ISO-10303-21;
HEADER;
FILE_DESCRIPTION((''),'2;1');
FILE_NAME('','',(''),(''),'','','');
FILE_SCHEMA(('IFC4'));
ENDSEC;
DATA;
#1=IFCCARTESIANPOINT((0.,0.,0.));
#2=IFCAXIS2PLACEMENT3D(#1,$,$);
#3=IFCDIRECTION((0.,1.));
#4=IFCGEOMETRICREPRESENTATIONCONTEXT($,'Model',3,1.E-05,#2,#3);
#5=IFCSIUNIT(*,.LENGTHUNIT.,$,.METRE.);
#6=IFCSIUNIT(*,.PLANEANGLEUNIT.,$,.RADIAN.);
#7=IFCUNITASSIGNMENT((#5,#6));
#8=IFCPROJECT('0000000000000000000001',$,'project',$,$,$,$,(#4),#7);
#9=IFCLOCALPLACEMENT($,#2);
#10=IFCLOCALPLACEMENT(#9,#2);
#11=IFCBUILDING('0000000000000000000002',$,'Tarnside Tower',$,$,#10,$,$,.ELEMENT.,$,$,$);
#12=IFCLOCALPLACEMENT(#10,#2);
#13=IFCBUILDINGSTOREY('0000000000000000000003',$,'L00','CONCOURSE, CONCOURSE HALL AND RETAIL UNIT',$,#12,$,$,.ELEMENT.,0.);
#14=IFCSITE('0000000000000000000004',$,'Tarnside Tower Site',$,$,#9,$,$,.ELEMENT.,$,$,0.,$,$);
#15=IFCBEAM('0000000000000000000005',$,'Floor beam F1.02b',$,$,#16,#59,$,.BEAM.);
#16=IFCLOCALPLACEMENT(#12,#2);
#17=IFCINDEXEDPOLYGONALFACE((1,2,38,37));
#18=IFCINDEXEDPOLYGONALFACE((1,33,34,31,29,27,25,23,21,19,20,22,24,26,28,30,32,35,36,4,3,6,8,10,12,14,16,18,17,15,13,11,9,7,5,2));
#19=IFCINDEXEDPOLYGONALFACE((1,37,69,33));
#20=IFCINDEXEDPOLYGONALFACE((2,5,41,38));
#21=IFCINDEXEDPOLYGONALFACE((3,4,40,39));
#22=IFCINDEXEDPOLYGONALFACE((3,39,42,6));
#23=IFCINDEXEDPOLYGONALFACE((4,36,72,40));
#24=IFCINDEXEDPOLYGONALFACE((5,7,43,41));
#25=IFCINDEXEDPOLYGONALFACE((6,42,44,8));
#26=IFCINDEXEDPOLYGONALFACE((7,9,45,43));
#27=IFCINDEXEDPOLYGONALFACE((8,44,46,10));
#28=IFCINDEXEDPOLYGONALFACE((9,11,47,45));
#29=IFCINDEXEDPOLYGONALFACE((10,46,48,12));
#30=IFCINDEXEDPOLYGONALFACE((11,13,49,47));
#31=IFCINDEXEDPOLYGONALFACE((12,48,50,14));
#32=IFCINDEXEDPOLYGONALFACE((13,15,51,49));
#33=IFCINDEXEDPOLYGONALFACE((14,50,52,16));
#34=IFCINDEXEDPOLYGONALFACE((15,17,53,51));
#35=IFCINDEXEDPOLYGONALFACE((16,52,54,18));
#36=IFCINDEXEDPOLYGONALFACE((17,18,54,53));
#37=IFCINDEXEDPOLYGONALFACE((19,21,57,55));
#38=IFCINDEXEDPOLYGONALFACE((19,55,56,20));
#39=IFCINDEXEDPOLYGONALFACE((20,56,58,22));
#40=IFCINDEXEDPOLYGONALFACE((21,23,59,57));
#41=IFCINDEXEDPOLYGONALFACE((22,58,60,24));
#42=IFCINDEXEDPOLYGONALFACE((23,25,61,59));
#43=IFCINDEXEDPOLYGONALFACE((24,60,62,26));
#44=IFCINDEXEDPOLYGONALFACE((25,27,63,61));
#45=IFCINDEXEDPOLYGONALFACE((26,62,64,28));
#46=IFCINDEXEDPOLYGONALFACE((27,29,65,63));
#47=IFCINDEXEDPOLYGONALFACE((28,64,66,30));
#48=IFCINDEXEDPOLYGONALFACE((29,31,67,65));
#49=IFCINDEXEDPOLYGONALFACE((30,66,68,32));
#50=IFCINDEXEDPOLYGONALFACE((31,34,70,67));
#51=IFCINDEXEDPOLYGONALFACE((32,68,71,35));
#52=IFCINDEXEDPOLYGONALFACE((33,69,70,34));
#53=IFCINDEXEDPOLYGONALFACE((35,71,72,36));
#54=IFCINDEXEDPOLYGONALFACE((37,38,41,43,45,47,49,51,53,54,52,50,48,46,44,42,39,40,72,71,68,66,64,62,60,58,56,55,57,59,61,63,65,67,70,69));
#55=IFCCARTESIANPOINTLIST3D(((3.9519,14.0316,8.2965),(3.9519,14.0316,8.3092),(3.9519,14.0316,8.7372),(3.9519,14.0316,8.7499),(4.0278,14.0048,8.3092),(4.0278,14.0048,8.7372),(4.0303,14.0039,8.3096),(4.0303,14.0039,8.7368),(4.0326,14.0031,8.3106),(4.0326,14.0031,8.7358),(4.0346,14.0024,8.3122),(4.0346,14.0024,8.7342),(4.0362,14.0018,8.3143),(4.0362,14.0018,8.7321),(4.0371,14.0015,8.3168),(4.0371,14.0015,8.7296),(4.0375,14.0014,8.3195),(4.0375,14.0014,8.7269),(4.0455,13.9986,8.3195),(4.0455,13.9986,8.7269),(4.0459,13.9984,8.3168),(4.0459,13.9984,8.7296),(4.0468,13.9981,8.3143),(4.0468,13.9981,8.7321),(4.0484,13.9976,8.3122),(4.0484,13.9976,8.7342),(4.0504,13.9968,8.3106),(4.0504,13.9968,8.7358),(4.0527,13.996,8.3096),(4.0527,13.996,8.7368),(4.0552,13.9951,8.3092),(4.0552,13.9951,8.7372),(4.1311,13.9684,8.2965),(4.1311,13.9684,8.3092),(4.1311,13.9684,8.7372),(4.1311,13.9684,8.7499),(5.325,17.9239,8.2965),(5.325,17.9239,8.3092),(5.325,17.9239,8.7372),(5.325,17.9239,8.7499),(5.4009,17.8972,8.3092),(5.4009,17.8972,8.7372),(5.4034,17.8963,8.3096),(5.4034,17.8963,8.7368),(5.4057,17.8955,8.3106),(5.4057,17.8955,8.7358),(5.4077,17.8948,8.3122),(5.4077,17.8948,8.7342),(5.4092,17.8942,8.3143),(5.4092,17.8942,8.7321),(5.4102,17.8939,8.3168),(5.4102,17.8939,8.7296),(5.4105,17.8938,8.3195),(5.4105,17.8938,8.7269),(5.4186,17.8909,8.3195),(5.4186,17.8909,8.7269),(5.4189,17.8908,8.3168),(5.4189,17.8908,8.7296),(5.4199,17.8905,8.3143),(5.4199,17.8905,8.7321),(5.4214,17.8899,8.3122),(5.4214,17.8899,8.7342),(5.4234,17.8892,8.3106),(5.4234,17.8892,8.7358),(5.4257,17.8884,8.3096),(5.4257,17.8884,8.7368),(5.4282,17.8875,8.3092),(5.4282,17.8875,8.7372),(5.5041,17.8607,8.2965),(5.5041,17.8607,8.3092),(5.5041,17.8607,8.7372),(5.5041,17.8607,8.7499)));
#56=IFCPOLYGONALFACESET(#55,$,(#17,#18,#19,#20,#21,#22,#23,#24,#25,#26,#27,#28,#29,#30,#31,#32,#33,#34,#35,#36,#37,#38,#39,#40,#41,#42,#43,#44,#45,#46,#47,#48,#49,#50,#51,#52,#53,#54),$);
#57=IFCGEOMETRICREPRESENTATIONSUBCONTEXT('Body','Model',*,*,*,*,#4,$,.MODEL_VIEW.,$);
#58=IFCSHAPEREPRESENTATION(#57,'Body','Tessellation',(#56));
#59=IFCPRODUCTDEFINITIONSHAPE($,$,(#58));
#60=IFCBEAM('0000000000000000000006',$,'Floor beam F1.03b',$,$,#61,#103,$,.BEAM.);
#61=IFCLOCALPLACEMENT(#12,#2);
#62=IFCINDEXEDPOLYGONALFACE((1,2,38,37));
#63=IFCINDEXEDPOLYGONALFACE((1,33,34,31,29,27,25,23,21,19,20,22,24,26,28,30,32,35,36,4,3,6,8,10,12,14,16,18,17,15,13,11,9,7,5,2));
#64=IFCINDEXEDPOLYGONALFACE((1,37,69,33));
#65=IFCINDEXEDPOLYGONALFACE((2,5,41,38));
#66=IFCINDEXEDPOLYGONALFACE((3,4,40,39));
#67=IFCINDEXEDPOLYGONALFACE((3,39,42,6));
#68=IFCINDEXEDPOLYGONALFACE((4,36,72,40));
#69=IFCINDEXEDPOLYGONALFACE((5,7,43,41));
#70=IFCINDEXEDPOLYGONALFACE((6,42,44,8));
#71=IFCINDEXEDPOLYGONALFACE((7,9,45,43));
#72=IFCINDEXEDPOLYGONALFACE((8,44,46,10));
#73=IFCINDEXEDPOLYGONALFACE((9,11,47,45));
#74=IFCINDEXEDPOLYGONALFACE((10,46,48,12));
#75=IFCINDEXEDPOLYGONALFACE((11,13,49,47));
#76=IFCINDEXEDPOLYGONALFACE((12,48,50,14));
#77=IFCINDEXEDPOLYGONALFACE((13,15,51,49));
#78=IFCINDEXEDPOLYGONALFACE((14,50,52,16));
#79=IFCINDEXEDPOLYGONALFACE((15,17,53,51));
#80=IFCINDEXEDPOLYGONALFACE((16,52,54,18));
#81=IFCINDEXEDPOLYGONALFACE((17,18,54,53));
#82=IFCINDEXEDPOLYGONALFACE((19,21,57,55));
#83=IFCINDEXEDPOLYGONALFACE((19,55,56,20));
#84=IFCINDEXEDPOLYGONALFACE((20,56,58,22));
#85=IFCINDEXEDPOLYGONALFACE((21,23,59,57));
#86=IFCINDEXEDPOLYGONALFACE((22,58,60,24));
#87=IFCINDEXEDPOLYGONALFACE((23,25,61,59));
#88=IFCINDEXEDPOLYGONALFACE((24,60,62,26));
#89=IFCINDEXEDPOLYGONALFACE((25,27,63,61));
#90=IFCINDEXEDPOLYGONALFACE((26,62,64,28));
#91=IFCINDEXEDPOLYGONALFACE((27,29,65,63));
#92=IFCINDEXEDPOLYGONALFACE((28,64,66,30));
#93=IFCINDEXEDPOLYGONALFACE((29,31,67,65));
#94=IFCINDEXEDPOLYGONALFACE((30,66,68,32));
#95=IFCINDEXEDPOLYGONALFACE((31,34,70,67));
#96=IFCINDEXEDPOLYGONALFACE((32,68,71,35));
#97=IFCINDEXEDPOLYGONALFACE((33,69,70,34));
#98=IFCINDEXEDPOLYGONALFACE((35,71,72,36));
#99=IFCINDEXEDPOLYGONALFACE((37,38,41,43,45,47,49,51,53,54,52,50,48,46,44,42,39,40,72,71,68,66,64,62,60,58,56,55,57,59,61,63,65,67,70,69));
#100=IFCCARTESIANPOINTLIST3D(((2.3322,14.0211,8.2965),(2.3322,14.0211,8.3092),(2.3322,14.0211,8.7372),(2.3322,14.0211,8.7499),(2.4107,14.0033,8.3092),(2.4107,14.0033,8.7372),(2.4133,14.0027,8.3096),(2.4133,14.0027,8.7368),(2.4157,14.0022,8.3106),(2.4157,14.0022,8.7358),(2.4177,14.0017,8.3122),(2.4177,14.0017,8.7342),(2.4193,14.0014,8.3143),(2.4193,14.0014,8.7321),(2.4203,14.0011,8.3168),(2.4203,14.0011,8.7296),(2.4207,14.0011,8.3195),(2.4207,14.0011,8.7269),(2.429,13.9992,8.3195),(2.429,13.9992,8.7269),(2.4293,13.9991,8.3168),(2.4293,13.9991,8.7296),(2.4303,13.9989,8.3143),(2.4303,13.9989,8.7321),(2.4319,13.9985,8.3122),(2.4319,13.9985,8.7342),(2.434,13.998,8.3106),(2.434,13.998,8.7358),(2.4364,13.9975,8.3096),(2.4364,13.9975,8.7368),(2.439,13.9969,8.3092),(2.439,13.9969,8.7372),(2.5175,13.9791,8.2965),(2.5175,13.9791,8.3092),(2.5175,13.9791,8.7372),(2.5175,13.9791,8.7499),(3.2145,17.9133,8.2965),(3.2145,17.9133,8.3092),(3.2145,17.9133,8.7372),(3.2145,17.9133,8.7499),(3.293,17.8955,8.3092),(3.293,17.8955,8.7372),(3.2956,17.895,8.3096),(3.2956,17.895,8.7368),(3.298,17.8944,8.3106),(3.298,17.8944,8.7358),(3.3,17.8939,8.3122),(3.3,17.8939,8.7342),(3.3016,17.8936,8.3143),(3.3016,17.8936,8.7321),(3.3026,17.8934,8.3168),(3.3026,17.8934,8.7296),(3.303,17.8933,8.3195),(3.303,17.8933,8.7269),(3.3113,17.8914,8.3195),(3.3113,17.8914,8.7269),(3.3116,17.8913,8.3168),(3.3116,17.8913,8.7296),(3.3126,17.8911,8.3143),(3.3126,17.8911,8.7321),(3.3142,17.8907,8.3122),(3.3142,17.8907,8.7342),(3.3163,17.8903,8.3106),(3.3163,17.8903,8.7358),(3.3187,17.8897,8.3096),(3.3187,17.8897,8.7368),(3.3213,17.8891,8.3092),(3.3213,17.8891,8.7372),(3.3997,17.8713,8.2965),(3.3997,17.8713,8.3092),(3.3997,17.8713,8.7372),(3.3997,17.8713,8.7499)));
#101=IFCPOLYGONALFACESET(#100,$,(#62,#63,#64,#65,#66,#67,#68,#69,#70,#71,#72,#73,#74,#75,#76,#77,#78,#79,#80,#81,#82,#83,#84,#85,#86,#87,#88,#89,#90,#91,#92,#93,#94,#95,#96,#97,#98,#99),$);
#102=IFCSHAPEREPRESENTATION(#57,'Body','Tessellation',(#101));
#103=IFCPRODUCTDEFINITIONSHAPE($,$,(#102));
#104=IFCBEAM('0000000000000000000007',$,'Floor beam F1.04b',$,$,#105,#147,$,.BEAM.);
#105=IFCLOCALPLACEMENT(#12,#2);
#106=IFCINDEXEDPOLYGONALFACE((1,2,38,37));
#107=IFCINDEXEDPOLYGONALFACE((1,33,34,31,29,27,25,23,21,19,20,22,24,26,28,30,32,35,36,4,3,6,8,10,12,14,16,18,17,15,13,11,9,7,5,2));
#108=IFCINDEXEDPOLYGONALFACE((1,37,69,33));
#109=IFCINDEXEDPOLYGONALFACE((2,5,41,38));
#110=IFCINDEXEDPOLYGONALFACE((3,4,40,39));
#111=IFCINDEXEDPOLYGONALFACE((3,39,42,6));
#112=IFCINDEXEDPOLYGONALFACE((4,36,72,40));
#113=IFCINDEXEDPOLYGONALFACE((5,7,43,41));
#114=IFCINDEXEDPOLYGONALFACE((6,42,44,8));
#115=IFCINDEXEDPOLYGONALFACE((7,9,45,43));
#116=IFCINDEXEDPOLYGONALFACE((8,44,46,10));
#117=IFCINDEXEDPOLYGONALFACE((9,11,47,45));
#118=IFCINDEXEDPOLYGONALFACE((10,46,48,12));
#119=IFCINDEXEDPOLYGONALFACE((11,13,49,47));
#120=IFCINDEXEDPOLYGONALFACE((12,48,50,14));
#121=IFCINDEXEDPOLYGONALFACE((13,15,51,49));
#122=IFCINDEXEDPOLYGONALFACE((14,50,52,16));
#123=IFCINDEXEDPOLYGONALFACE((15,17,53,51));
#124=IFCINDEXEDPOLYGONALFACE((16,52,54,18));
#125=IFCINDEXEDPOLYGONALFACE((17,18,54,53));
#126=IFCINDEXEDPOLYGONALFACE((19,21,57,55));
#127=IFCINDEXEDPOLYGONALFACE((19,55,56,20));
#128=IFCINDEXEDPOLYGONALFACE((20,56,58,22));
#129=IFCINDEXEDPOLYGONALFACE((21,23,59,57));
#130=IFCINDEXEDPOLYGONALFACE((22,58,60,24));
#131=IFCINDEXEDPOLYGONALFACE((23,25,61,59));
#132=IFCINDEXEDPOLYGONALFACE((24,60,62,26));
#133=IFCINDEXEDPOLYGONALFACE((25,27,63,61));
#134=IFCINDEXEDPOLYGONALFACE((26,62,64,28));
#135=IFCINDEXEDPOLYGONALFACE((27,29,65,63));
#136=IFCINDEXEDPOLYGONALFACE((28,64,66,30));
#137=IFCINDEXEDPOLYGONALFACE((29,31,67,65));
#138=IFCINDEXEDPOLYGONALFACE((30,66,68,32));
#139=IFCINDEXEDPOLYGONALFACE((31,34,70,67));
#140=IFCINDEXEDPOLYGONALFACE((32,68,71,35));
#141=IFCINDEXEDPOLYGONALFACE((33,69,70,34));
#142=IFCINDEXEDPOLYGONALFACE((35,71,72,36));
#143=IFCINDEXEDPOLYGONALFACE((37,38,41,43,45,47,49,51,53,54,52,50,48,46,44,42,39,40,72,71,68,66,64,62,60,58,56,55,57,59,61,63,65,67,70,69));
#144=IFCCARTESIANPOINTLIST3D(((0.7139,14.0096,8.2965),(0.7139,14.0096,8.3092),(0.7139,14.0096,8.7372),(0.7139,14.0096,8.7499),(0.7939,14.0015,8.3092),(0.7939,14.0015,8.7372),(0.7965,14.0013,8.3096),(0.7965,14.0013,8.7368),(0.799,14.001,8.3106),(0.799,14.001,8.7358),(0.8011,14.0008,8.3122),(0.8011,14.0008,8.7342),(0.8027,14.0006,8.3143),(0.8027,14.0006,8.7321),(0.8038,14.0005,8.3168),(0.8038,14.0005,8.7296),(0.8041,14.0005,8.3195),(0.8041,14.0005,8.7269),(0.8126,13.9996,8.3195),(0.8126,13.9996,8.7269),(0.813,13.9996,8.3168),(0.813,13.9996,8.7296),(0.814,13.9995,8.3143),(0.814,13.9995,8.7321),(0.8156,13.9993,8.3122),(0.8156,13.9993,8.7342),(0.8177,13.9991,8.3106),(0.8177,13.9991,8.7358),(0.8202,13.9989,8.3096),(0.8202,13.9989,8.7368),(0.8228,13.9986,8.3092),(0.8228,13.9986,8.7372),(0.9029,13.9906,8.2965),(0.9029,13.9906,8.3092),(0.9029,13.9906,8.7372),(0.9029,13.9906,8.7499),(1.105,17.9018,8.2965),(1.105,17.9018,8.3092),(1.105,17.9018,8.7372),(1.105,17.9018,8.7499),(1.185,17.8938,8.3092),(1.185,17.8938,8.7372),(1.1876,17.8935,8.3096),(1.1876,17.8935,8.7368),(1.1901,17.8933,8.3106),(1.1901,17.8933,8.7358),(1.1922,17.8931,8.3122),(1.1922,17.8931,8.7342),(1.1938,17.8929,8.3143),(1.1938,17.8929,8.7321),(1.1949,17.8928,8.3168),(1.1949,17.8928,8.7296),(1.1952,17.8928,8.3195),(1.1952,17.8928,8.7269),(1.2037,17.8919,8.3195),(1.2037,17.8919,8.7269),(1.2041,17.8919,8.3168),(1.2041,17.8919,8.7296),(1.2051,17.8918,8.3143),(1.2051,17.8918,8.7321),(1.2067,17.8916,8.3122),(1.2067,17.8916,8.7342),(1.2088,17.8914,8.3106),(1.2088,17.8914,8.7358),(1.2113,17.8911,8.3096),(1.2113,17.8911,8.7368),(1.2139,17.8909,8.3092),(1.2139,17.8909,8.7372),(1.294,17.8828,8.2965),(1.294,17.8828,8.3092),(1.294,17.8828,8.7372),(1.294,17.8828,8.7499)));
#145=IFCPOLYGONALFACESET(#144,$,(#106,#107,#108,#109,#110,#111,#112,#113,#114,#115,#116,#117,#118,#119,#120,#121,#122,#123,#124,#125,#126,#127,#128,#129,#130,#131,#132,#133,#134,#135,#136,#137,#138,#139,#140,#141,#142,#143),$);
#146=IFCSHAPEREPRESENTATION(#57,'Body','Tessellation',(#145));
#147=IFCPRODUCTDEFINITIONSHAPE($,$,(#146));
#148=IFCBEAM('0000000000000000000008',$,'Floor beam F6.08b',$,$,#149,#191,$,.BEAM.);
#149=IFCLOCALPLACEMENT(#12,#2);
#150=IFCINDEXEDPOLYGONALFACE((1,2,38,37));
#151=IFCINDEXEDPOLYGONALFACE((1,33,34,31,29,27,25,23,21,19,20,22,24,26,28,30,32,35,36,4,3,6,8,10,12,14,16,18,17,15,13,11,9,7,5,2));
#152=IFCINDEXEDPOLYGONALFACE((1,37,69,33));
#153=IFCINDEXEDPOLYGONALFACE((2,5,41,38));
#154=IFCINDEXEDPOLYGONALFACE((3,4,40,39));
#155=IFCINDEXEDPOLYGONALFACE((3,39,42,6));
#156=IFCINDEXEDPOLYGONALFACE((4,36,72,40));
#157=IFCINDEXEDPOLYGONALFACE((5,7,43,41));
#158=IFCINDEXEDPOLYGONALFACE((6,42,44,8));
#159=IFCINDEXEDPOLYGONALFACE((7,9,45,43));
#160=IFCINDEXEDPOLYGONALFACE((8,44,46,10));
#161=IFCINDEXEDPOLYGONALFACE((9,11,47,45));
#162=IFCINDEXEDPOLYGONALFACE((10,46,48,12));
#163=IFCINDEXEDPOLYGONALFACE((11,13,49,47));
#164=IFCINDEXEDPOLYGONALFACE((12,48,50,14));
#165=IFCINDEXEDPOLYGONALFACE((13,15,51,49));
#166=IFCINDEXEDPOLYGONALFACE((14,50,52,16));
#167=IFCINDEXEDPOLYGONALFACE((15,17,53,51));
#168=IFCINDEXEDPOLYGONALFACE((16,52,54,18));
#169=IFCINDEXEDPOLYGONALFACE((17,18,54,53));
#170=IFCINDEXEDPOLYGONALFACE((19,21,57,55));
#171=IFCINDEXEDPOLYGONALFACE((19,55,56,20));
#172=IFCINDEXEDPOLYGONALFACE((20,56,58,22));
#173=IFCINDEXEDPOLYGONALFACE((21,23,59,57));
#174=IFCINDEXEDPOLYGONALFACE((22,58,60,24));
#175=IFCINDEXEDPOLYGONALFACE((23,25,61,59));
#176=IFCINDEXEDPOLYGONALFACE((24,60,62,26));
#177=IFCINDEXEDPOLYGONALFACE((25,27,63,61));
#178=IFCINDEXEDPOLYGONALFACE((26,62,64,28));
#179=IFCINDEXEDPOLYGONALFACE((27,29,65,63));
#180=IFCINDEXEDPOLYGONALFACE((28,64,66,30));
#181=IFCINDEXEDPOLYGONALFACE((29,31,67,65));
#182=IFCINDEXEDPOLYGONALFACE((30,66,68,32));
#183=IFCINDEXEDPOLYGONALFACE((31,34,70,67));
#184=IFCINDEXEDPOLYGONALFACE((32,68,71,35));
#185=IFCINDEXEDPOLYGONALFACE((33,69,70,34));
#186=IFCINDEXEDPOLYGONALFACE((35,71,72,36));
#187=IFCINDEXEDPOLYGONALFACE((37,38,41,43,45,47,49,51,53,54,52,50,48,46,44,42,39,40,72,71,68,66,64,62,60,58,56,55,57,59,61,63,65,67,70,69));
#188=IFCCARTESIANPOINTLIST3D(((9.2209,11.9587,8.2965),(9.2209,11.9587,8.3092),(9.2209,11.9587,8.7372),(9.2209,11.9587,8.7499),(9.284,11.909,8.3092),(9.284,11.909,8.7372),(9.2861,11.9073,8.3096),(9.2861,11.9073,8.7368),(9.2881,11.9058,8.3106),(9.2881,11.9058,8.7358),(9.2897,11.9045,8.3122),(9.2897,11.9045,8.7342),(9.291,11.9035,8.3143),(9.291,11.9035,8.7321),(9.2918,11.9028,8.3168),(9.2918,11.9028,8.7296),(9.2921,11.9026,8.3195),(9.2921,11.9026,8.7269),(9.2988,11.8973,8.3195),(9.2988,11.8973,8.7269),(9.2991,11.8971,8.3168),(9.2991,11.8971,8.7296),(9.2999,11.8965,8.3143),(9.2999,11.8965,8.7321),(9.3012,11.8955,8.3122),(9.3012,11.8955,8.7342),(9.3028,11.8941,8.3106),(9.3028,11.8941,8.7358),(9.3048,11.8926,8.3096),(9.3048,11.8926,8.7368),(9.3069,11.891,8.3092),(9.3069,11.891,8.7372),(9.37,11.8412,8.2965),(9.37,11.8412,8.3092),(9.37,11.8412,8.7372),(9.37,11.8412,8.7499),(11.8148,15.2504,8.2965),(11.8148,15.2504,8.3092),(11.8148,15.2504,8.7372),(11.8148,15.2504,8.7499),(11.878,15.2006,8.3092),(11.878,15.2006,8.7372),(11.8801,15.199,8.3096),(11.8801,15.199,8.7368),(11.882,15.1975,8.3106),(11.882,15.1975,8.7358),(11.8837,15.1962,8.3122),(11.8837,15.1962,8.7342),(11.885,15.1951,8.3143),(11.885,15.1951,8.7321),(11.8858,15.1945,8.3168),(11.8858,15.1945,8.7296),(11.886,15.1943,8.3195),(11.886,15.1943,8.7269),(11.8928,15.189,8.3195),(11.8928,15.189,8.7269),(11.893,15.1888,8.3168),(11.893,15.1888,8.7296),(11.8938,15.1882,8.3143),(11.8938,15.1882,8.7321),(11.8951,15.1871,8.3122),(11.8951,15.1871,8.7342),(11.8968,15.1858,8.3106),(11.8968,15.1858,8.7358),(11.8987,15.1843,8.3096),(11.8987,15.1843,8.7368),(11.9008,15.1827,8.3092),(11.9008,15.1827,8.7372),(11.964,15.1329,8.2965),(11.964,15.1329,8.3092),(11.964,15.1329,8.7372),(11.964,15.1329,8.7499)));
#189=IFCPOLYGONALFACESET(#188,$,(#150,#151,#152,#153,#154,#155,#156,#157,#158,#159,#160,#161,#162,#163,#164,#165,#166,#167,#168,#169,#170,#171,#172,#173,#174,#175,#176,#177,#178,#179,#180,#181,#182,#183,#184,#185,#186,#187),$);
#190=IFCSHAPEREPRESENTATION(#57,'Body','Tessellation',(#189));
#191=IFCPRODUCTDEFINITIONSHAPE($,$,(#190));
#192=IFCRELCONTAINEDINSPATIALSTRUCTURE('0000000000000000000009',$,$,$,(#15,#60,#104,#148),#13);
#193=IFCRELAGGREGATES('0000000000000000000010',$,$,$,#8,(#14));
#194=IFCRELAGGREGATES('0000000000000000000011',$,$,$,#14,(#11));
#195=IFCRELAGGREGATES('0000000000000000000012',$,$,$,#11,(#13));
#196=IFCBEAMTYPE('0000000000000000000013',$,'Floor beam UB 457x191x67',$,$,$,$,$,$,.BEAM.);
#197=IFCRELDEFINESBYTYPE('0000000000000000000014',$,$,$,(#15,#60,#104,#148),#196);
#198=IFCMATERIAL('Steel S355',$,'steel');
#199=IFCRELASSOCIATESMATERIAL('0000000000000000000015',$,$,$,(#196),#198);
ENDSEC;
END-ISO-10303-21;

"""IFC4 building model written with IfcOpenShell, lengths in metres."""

from ifc_helpers import new_model, si_unit, direction, frame, origin, origin_2d, place, context, subcontext, project, spatial, i_section, extrude, material, material_profile, profile_set, type_object, element, save


model = new_model("IFC4")

# Units and contexts
model_context = context("Model", 3, precision=1e-05, world=origin(), true_north=direction((0.0, 1.0)))
body_context = subcontext(model_context, "Body", "Model", "MODEL_VIEW")
ifc_project = project(units=[si_unit("LENGTHUNIT", "METRE"), si_unit("PLANEANGLEUNIT", "RADIAN")], contexts=[model_context])

# Site, building, storey
site_placement = place(None, origin())
site = spatial("IfcSite", under=ifc_project, at=site_placement, Name="Tarnside Tower Site", CompositionType="ELEMENT", RefElevation=0.0)
building_placement = place(site_placement, origin())
building = spatial("IfcBuilding", under=site, at=building_placement, Name="Tarnside Tower", CompositionType="ELEMENT")
storey_placement = place(building_placement, origin())
storey = spatial("IfcBuildingStorey", under=building, at=storey_placement, Name="L00", Description="CONCOURSE, CONCOURSE HALL AND RETAIL UNIT", CompositionType="ELEMENT", Elevation=0.0)

# Beams
ifc_material_1 = material(Name="Steel S355", Category="steel")
ifc_material_profile_1 = material_profile(ifc_material_1, i_section(OverallWidth=0.1899, OverallDepth=0.4534, WebThickness=0.0085, FlangeThickness=0.0127, FilletRadius=0.0103, at=origin_2d()), Name="UB 457x191x67")
ifc_profile_set_1 = profile_set([ifc_material_profile_1], Name="Steel S355")
beam_type_1 = type_object("IfcBeamType", Name="Floor beam UB 457x191x67", PredefinedType="BEAM", material=ifc_profile_set_1)
beam_1_placement = place(storey_placement, frame((5.4146, 17.8923, 8.5232), z_axis=(-0.332665, -0.943045, 0.0), x_axis=(0.943045, -0.332665, 0.0)))
element("IfcBeam", 1, at=beam_1_placement, inside=storey, type_object=beam_type_1, Name="Floor beam F1.02b", PredefinedType="BEAM", context=body_context, shape_type="SweptSolid", body=[
    extrude(i_section(OverallWidth=0.1899, OverallDepth=0.4534, WebThickness=0.0085, FlangeThickness=0.0127, FilletRadius=0.0103, at=origin_2d()), origin(), (0.0, 0.0, 1.0), 4.1274),
])
beam_2_placement = place(storey_placement, frame((3.3071, 17.8923, 8.5232), z_axis=(-0.221074, -0.975257, 0.0), x_axis=(0.975257, -0.221074, 0.0)))
element("IfcBeam", 2, at=beam_2_placement, inside=storey, type_object=beam_type_1, Name="Floor beam F1.03b", PredefinedType="BEAM", context=body_context, shape_type="SweptSolid", body=[
    extrude(i_section(OverallWidth=0.1899, OverallDepth=0.4534, WebThickness=0.0085, FlangeThickness=0.0127, FilletRadius=0.0103, at=origin_2d()), origin(), (0.0, 0.0, 1.0), 3.991),
])
beam_3_placement = place(storey_placement, frame((1.1995, 17.8923, 8.5232), z_axis=(-0.09998, -0.994989, 0.0), x_axis=(0.994989, -0.09998, 0.0)))
element("IfcBeam", 3, at=beam_3_placement, inside=storey, type_object=beam_type_1, Name="Floor beam F1.04b", PredefinedType="BEAM", context=body_context, shape_type="SweptSolid", body=[
    extrude(i_section(OverallWidth=0.1899, OverallDepth=0.4534, WebThickness=0.0085, FlangeThickness=0.0127, FilletRadius=0.0103, at=origin_2d()), origin(), (0.0, 0.0, 1.0), 3.9119),
])
beam_4_placement = place(storey_placement, frame((11.8894, 15.1917, 8.5232), z_axis=(-0.618945, -0.785434, 0.0), x_axis=(0.785434, -0.618945, 0.0)))
element("IfcBeam", 4, at=beam_4_placement, inside=storey, type_object=beam_type_1, Name="Floor beam F6.08b", PredefinedType="BEAM", context=body_context, shape_type="SweptSolid", body=[
    extrude(i_section(OverallWidth=0.1899, OverallDepth=0.4534, WebThickness=0.0085, FlangeThickness=0.0127, FilletRadius=0.0103, at=origin_2d()), origin(), (0.0, 0.0, 1.0), 4.1909),
])

save(model, "model.ifc")
